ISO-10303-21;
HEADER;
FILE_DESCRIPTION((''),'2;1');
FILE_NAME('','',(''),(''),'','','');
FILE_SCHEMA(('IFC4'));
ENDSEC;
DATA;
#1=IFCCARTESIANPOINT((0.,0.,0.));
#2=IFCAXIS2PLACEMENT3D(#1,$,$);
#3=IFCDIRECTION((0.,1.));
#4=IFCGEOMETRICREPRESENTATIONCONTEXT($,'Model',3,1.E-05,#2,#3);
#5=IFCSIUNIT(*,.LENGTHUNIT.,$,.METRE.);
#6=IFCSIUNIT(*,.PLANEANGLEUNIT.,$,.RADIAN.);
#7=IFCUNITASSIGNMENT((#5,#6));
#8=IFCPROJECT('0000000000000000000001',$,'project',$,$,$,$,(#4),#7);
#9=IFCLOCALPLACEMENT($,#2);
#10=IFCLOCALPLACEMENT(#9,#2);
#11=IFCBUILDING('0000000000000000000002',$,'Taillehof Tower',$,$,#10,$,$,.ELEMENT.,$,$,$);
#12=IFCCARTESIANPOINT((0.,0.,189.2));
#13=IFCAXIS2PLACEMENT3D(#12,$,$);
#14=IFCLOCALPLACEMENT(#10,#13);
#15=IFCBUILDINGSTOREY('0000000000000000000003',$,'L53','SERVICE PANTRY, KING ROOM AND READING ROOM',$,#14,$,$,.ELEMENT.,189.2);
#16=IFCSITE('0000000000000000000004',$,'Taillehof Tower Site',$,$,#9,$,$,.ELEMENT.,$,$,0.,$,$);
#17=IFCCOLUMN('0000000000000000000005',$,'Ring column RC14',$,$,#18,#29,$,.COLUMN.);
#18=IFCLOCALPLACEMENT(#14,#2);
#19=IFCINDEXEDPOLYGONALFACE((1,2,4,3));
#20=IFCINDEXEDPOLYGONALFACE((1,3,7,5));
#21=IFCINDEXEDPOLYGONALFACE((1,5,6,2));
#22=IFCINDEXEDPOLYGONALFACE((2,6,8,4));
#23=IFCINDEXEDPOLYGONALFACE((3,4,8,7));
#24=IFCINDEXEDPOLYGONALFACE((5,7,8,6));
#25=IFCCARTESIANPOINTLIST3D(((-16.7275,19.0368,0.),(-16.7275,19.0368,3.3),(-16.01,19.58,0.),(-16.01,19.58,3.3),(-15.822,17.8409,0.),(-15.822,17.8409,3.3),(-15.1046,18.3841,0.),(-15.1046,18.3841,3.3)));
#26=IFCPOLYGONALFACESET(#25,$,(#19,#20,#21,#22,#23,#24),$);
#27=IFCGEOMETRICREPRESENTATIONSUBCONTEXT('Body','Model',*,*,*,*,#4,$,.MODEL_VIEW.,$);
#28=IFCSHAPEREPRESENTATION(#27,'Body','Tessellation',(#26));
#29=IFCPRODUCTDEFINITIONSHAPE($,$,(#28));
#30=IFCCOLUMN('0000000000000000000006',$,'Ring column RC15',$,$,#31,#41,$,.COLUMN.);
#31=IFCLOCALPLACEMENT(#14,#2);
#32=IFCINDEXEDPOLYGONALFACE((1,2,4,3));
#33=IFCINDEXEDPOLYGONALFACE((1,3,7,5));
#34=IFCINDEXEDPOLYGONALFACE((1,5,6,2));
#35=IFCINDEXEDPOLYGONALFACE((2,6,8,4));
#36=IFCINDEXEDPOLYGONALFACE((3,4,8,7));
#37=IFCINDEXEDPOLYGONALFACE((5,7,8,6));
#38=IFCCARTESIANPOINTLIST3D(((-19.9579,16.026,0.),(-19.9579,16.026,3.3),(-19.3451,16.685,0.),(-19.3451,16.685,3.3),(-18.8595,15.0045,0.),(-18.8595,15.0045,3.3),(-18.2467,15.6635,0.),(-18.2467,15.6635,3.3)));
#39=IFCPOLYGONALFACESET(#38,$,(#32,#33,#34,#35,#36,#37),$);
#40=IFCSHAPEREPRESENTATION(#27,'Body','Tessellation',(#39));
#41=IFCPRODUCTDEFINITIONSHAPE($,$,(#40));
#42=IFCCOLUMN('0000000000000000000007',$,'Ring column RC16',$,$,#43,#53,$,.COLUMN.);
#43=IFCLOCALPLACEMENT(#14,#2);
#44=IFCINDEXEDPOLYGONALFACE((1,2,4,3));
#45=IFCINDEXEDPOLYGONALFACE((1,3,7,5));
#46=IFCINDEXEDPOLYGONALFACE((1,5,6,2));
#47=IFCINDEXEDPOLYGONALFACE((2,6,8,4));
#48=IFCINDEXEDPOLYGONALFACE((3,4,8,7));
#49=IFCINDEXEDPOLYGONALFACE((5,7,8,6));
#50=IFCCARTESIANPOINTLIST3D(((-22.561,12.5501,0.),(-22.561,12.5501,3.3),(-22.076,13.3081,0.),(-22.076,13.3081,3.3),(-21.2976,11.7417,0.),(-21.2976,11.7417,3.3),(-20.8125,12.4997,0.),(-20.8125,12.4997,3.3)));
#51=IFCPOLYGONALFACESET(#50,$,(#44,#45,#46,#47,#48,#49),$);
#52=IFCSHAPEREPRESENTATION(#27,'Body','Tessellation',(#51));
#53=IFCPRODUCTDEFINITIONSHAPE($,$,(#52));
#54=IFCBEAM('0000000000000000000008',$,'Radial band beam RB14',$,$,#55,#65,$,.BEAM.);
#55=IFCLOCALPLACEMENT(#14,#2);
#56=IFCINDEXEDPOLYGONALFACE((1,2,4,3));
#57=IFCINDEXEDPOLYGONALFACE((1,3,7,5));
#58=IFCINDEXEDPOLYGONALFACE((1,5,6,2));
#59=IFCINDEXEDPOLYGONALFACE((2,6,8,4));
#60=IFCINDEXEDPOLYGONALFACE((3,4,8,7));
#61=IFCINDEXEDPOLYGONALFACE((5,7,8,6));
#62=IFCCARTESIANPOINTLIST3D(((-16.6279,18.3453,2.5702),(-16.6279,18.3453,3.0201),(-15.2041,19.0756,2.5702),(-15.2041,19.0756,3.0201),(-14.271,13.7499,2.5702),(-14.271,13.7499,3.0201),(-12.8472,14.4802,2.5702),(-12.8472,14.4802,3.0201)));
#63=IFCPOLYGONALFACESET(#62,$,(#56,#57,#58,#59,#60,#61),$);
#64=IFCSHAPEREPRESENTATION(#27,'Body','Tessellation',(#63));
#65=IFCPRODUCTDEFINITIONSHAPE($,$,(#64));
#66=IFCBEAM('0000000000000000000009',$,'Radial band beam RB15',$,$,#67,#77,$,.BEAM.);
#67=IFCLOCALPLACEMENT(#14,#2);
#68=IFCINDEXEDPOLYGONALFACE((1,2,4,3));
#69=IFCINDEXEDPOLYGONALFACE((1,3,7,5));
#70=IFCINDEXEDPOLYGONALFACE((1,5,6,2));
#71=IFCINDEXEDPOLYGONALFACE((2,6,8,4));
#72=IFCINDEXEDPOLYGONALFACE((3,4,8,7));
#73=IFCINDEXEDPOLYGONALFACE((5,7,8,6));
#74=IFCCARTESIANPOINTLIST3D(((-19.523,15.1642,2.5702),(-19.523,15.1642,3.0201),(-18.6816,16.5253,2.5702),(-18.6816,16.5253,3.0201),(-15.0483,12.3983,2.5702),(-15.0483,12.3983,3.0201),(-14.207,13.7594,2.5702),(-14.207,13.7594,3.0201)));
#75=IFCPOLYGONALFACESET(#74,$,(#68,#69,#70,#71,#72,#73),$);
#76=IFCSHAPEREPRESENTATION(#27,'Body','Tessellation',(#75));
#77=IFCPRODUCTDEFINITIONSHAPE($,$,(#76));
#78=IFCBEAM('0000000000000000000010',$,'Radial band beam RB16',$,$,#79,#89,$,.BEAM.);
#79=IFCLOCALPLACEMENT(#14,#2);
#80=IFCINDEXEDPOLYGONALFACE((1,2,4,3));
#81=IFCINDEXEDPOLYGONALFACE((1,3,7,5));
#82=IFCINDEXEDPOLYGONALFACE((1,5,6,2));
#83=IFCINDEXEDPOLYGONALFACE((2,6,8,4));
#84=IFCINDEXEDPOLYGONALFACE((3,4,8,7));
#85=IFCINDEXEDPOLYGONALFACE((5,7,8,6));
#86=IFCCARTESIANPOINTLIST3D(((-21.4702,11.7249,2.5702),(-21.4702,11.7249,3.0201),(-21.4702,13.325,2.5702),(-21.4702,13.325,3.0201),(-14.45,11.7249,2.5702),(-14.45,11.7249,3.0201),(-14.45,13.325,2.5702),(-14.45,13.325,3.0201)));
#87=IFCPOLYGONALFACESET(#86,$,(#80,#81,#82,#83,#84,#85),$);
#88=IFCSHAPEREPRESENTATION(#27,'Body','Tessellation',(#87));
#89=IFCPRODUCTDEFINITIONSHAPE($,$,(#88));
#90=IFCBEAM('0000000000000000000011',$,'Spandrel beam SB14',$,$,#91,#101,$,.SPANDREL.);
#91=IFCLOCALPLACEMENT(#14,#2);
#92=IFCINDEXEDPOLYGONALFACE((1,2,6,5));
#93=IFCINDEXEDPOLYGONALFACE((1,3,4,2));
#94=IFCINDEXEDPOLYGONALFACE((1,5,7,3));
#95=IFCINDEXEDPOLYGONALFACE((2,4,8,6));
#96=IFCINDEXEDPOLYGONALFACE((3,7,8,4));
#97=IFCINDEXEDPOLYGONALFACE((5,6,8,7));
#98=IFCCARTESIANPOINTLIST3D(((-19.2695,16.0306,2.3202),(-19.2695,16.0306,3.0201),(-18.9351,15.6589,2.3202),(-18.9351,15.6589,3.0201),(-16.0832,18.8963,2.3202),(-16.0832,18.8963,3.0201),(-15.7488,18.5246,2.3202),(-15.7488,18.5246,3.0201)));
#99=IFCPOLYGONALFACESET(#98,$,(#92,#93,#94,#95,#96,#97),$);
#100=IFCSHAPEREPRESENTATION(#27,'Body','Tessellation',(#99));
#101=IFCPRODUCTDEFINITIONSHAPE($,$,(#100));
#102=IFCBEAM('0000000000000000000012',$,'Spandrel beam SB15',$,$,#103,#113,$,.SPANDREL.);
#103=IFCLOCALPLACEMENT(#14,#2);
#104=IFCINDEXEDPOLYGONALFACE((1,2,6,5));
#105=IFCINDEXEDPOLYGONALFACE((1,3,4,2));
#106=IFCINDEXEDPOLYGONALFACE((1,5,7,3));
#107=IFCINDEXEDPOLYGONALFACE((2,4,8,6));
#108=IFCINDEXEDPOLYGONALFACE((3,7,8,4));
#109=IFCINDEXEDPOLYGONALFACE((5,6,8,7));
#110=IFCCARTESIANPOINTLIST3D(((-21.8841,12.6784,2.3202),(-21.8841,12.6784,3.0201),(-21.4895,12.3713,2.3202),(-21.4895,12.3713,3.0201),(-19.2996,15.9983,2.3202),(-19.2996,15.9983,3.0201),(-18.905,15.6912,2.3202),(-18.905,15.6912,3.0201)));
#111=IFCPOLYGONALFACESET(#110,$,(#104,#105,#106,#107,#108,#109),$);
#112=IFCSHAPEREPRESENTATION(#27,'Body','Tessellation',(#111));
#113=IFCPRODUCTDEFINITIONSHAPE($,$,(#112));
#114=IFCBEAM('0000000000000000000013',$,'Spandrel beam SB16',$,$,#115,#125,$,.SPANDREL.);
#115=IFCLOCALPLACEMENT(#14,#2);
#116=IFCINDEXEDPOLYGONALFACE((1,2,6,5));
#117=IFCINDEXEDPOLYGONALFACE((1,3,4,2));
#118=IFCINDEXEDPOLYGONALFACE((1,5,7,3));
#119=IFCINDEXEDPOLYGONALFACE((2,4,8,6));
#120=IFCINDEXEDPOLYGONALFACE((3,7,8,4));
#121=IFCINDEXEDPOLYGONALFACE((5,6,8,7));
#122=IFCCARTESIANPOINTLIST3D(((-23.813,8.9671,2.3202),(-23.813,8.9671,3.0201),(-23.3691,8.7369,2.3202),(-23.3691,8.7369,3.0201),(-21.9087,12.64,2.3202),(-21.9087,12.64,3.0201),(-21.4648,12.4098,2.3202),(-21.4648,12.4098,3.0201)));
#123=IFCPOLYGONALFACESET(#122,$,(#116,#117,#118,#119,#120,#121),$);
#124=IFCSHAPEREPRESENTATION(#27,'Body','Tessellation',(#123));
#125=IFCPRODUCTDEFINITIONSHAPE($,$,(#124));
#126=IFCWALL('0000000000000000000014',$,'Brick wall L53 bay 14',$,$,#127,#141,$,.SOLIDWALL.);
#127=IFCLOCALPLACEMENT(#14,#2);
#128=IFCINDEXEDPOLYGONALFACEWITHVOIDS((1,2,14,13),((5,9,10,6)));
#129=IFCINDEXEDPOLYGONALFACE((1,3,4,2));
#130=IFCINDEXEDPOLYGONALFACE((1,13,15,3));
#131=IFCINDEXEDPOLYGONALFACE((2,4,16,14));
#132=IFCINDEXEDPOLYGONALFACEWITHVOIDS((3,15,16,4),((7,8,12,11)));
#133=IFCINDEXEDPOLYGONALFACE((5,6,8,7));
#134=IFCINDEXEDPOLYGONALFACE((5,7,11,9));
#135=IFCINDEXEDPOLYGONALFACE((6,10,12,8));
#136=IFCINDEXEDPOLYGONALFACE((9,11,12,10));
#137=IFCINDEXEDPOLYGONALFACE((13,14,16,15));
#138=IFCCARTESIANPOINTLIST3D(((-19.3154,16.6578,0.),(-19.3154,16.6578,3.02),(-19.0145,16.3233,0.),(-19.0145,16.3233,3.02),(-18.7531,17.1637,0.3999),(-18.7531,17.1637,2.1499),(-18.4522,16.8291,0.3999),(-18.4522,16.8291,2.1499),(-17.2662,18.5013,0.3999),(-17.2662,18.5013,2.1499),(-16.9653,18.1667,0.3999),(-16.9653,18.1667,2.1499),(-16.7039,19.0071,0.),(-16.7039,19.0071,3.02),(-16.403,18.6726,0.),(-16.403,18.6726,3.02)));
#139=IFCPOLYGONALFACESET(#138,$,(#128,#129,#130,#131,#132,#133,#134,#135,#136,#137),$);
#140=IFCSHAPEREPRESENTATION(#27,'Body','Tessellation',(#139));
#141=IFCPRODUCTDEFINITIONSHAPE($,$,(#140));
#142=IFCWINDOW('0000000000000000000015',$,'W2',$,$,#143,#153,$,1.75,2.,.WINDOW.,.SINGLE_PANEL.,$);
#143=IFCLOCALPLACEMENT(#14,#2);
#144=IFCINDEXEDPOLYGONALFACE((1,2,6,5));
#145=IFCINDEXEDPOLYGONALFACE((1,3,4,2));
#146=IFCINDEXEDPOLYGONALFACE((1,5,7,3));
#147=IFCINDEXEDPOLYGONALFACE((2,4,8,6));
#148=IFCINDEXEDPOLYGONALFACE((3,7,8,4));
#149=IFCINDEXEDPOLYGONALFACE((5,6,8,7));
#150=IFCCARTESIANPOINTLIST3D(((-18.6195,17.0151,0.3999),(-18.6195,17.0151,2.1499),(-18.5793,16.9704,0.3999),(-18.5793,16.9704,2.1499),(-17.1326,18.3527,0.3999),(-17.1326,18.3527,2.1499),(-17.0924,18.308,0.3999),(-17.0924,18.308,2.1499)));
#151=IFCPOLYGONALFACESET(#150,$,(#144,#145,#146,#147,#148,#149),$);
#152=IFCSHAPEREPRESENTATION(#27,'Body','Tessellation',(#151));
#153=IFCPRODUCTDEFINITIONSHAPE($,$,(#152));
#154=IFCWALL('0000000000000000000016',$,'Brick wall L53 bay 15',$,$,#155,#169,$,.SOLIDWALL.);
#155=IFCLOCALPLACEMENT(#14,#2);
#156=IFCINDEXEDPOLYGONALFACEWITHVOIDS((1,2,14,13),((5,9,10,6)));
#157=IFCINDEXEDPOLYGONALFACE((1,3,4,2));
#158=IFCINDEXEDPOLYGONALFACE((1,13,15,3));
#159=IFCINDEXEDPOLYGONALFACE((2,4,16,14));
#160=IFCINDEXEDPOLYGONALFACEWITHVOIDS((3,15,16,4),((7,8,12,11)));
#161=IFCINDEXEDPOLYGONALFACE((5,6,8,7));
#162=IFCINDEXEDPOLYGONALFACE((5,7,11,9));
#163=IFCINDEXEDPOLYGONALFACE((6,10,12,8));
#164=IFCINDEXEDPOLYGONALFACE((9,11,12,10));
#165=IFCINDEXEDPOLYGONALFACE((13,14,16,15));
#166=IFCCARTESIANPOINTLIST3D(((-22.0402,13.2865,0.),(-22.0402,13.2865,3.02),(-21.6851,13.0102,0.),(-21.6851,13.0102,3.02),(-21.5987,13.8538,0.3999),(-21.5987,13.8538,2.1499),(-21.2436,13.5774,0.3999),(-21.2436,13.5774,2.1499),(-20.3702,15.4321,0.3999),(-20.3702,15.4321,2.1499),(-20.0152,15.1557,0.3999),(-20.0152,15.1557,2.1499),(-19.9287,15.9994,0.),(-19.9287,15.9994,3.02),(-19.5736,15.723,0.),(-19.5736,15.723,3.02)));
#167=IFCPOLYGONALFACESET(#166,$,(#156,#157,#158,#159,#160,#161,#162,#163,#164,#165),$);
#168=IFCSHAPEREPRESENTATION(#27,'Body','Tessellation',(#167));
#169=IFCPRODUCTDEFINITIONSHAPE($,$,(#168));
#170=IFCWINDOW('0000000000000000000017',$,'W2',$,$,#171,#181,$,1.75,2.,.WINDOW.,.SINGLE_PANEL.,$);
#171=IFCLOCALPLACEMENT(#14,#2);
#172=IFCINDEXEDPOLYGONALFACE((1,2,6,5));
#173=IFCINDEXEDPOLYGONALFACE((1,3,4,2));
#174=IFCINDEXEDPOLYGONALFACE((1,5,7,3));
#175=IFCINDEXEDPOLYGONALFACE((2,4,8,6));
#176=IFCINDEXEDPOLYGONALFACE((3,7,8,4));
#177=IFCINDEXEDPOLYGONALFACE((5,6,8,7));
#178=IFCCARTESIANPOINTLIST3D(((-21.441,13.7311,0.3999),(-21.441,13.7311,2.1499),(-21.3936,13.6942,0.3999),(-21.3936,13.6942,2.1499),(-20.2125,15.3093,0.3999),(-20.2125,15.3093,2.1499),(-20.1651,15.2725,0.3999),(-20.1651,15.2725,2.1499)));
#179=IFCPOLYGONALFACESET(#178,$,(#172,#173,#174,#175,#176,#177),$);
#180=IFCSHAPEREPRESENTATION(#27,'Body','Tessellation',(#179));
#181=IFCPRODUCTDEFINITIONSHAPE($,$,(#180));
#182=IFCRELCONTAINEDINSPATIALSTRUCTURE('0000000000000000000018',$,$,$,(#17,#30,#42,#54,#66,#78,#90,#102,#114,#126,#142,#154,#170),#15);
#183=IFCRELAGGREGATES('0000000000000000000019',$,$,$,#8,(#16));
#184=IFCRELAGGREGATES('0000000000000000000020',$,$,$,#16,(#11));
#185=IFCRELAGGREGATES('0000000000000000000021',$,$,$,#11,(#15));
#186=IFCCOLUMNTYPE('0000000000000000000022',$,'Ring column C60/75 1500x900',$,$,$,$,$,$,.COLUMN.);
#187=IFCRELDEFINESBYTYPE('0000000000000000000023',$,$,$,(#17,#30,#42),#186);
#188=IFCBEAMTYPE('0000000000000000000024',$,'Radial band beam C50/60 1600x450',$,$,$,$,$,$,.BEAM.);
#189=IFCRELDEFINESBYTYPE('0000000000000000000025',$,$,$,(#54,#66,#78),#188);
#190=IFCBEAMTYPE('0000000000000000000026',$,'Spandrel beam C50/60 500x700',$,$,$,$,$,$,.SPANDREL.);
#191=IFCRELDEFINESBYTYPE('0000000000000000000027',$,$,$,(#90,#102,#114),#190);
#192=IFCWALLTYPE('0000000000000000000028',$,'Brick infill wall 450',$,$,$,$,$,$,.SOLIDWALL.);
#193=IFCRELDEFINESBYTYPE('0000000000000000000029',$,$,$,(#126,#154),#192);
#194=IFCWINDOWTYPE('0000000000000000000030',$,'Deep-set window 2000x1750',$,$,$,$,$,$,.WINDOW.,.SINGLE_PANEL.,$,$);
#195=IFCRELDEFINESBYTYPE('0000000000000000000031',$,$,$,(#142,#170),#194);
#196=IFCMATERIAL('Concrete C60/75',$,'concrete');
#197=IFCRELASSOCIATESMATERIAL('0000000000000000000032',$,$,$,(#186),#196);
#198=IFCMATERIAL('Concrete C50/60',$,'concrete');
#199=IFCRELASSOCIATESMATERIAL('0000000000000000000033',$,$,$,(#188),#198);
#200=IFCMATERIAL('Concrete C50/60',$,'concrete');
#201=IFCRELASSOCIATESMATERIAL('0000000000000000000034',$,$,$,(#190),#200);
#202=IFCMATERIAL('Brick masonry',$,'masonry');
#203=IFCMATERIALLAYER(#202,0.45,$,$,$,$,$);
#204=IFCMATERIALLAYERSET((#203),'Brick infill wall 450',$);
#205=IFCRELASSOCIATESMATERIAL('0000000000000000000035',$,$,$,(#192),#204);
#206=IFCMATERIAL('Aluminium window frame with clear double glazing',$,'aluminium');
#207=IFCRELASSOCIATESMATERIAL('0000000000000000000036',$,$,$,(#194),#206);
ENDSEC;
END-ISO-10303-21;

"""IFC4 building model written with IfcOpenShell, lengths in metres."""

from ifc_helpers import new_model, si_unit, direction, frame, frame_2d, origin, origin_2d, place, context, subcontext, project, spatial, rectangle, extrude, material, layer, layer_set, material_profile, profile_set, type_object, element, fill, save


model = new_model("IFC4")

# Units and contexts
model_context = context("Model", 3, precision=1e-05, world=origin(), true_north=direction((0.0, 1.0)))
body_context = subcontext(model_context, "Body", "Model", "MODEL_VIEW")
ifc_project = project(units=[si_unit("LENGTHUNIT", "METRE"), si_unit("PLANEANGLEUNIT", "RADIAN")], contexts=[model_context])

# Site, building, storey
site_placement = place(None, origin())
site = spatial("IfcSite", under=ifc_project, at=site_placement, Name="Taillehof Tower Site", CompositionType="ELEMENT", RefElevation=0.0)
building_placement = place(site_placement, origin())
building = spatial("IfcBuilding", under=site, at=building_placement, Name="Taillehof Tower", CompositionType="ELEMENT")
storey_placement = place(building_placement, frame((0.0, 0.0, 189.2)))
storey = spatial("IfcBuildingStorey", under=building, at=storey_placement, Name="L53", Description="SERVICE PANTRY, KING ROOM AND READING ROOM", CompositionType="ELEMENT", Elevation=189.2)

# Columns
ifc_material_1 = material(Name="Concrete C60/75", Category="concrete")
ifc_material_profile_1 = material_profile(ifc_material_1, rectangle(XDim=1.5, YDim=0.8999, at=origin_2d()), Name="RC 1500x900")
ifc_profile_set_1 = profile_set([ifc_material_profile_1], Name="Concrete C60/75")
column_type = type_object("IfcColumnType", Name="Ring column C60/75 1500x900", PredefinedType="COLUMN", material=ifc_profile_set_1)
for number, where, z_axis, x_axis, name in (
    (1, (-15.916, 18.7104, 0.0), (0.0, 0.0, 1.0), (-0.603608, 0.797281, 0.0), "Ring column RC14"),
    (2, (-19.1023, 15.8447, 0.0), (0.0, 0.0, 1.0), (-0.732271, 0.681013, 0.0), "Ring column RC15"),
    (3, (-21.6868, 12.5249, 0.0), (0.0, 0.0, 1.0), (-0.842311, 0.538992, 0.0), "Ring column RC16"),
):
    element("IfcColumn", number, at=place(storey_placement, frame(where, z_axis=z_axis, x_axis=x_axis)), inside=storey, type_object=column_type, Name=name, PredefinedType="COLUMN", context=body_context, shape_type="SweptSolid", body=[
        extrude(rectangle(XDim=1.5, YDim=0.8999, at=origin_2d()), origin(), (0.0, 0.0, 1.0), 3.3),
    ])

# Beams
ifc_material_2 = material(Name="Concrete C50/60", Category="concrete")
ifc_material_profile_2 = material_profile(ifc_material_2, rectangle(XDim=1.6001, YDim=0.45, at=origin_2d()), Name="RC 1600x450")
ifc_profile_set_2 = profile_set([ifc_material_profile_2], Name="Concrete C50/60")
beam_type_1 = type_object("IfcBeamType", Name="Radial band beam C50/60 1600x450", PredefinedType="BEAM", material=ifc_profile_set_2)
beam_1_placement = place(storey_placement, frame((-15.916, 18.7104, 2.7952), z_axis=(0.456361, -0.889795, 0.0), x_axis=(0.889795, 0.456361, 0.0)))
element("IfcBeam", 4, at=beam_1_placement, inside=storey, type_object=beam_type_1, Name="Radial band beam RB14", PredefinedType="BEAM", context=body_context, shape_type="SweptSolid", body=[
    extrude(rectangle(XDim=1.6001, YDim=0.45, at=origin_2d()), origin(), (0.0, 0.0, 1.0), 5.1646),
])
beam_2_placement = place(storey_placement, frame((-19.1023, 15.8447, 2.7952), z_axis=(0.850616, -0.525787, 0.0), x_axis=(0.525787, 0.850616, 0.0)))
element("IfcBeam", 5, at=beam_2_placement, inside=storey, type_object=beam_type_1, Name="Radial band beam RB15", PredefinedType="BEAM", context=body_context, shape_type="SweptSolid", body=[
    extrude(rectangle(XDim=1.6001, YDim=0.45, at=origin_2d()), origin(), (0.0, 0.0, 1.0), 5.2605),
])
beam_3_placement = place(storey_placement, frame((-21.4702, 12.5249, 2.7952), z_axis=(1.0, 0.0, 0.0), x_axis=(0.0, 1.0, 0.0)))
element("IfcBeam", 6, at=beam_3_placement, inside=storey, type_object=beam_type_1, Name="Radial band beam RB16", PredefinedType="BEAM", context=body_context, shape_type="SweptSolid", body=[
    extrude(rectangle(XDim=1.6001, YDim=0.45, at=origin_2d()), origin(), (0.0, 0.0, 1.0), 7.0203),
])
ifc_material_3 = material(Name="Concrete C50/60", Category="concrete")
ifc_material_profile_3 = material_profile(ifc_material_3, rectangle(XDim=0.5, YDim=0.7, at=origin_2d()), Name="RC 500x700")
ifc_profile_set_3 = profile_set([ifc_material_profile_3], Name="Concrete C50/60")
beam_type_2 = type_object("IfcBeamType", Name="Spandrel beam C50/60 500x700", PredefinedType="SPANDREL", material=ifc_profile_set_3)
beam_4_placement = place(storey_placement, frame((-15.916, 18.7104, 2.6702), z_axis=(-0.743518, -0.668716, 0.0), x_axis=(0.668716, -0.743518, 0.0)))
element("IfcBeam", 7, at=beam_4_placement, inside=storey, type_object=beam_type_2, Name="Spandrel beam SB14", PredefinedType="SPANDREL", context=body_context, shape_type="SweptSolid", body=[
    extrude(rectangle(XDim=0.5, YDim=0.7, at=origin_2d()), origin(), (0.0, 0.0, 1.0), 4.2854),
])
beam_5_placement = place(storey_placement, frame((-19.1023, 15.8447, 2.6702), z_axis=(-0.614294, -0.789077, 0.0), x_axis=(0.789077, -0.614294, 0.0)))
element("IfcBeam", 8, at=beam_5_placement, inside=storey, type_object=beam_type_2, Name="Spandrel beam SB15", PredefinedType="SPANDREL", context=body_context, shape_type="SweptSolid", body=[
    extrude(rectangle(XDim=0.5, YDim=0.7, at=origin_2d()), origin(), (0.0, 0.0, 1.0), 4.2073),
])
beam_6_placement = place(storey_placement, frame((-21.6868, 12.5249, 2.6702), z_axis=(-0.46029, -0.887769, 0.0), x_axis=(0.887769, -0.46029, 0.0)))
element("IfcBeam", 9, at=beam_6_placement, inside=storey, type_object=beam_type_2, Name="Spandrel beam SB16", PredefinedType="SPANDREL", context=body_context, shape_type="SweptSolid", body=[
    extrude(rectangle(XDim=0.5, YDim=0.7, at=origin_2d()), origin(), (0.0, 0.0, 1.0), 4.1372),
])

# Walls, openings, windows
ifc_material_4 = material(Name="Brick masonry", Category="masonry")
ifc_layer_1 = layer(ifc_material_4, 0.45)
ifc_layer_set_1 = layer_set([ifc_layer_1], Name="Brick infill wall 450")
wall_type_1 = type_object("IfcWallType", Name="Brick infill wall 450", PredefinedType="SOLIDWALL", material=ifc_layer_set_1)
wall_1_placement = place(storey_placement, frame((-16.5535, 18.8398, 0.0), z_axis=(0.0, 0.0, 1.0), x_axis=(-0.743443, -0.6688, 0.0)))
wall_1 = element("IfcWall", 10, at=wall_1_placement, inside=storey, type_object=wall_type_1, Name="Brick wall L53 bay 14", PredefinedType="SOLIDWALL", context=body_context, shape_type="SweptSolid", body=[
    extrude(rectangle(XDim=3.5127, YDim=0.45, at=frame_2d((1.7563, 0.0))), origin(), (0.0, 0.0, 1.0), 3.02),
])
opening_1_placement = place(wall_1_placement, frame((0.7563, 0.0, 0.3999)))
opening_1 = element("IfcOpeningElement", 11, at=opening_1_placement, cuts=wall_1, PredefinedType="OPENING", context=body_context, shape_type="SweptSolid", body=[
    extrude(rectangle(XDim=2.0, YDim=1.75, at=frame_2d((1.0, 0.875))), frame((0.0, 0.2349, 0.0), z_axis=(0.0, -1.0, 0.0), x_axis=(1.0, 0.0, 0.0)), (0.0, 0.0, 1.0), 0.47),
])
ifc_material_5 = material(Name="Aluminium window frame with clear double glazing", Category="aluminium")
window_type = type_object("IfcWindowType", Name="Deep-set window 2000x1750", PartitioningType="SINGLE_PANEL", PredefinedType="WINDOW", material=ifc_material_5)
window_1_placement = place(opening_1_placement, origin())
window_1 = element("IfcWindow", 12, at=window_1_placement, inside=storey, type_object=window_type, Name="W2", OverallHeight=1.75, OverallWidth=2.0, PartitioningType="SINGLE_PANEL", PredefinedType="WINDOW", context=body_context, shape_type="SweptSolid", body=[
    extrude(rectangle(XDim=2.0, YDim=1.75, at=frame_2d((1.0, 0.875))), frame((0.0, 0.0349, 0.0), z_axis=(0.0, -1.0, 0.0), x_axis=(1.0, 0.0, 0.0)), (0.0, 0.0, 1.0), 0.0601),
])
fill(opening_1, window_1)
wall_2_placement = place(storey_placement, frame((-19.7512, 15.8611, 0.0), z_axis=(0.0, 0.0, 1.0), x_axis=(-0.614221, -0.789134, 0.0)))
wall_2 = element("IfcWall", 13, at=wall_2_placement, inside=storey, type_object=wall_type_1, Name="Brick wall L53 bay 15", PredefinedType="SOLIDWALL", context=body_context, shape_type="SweptSolid", body=[
    extrude(rectangle(XDim=3.4377, YDim=0.45, at=frame_2d((1.7188, 0.0))), origin(), (0.0, 0.0, 1.0), 3.02),
])
opening_2_placement = place(wall_2_placement, frame((0.7188, 0.0, 0.3999)))
opening_2 = element("IfcOpeningElement", 14, at=opening_2_placement, cuts=wall_2, PredefinedType="OPENING", context=body_context, shape_type="SweptSolid", body=[
    extrude(rectangle(XDim=2.0, YDim=1.75, at=frame_2d((1.0, 0.875))), frame((0.0, 0.2349, 0.0), z_axis=(0.0, -1.0, 0.0), x_axis=(1.0, 0.0, 0.0)), (0.0, 0.0, 1.0), 0.47),
])
window_2_placement = place(opening_2_placement, origin())
window_2 = element("IfcWindow", 15, at=window_2_placement, inside=storey, type_object=window_type, Name="W2", OverallHeight=1.75, OverallWidth=2.0, PartitioningType="SINGLE_PANEL", PredefinedType="WINDOW", context=body_context, shape_type="SweptSolid", body=[
    extrude(rectangle(XDim=2.0, YDim=1.75, at=frame_2d((1.0, 0.875))), frame((0.0, 0.0349, 0.0), z_axis=(0.0, -1.0, 0.0), x_axis=(1.0, 0.0, 0.0)), (0.0, 0.0, 1.0), 0.0601),
])
fill(opening_2, window_2)

save(model, "model.ifc")
